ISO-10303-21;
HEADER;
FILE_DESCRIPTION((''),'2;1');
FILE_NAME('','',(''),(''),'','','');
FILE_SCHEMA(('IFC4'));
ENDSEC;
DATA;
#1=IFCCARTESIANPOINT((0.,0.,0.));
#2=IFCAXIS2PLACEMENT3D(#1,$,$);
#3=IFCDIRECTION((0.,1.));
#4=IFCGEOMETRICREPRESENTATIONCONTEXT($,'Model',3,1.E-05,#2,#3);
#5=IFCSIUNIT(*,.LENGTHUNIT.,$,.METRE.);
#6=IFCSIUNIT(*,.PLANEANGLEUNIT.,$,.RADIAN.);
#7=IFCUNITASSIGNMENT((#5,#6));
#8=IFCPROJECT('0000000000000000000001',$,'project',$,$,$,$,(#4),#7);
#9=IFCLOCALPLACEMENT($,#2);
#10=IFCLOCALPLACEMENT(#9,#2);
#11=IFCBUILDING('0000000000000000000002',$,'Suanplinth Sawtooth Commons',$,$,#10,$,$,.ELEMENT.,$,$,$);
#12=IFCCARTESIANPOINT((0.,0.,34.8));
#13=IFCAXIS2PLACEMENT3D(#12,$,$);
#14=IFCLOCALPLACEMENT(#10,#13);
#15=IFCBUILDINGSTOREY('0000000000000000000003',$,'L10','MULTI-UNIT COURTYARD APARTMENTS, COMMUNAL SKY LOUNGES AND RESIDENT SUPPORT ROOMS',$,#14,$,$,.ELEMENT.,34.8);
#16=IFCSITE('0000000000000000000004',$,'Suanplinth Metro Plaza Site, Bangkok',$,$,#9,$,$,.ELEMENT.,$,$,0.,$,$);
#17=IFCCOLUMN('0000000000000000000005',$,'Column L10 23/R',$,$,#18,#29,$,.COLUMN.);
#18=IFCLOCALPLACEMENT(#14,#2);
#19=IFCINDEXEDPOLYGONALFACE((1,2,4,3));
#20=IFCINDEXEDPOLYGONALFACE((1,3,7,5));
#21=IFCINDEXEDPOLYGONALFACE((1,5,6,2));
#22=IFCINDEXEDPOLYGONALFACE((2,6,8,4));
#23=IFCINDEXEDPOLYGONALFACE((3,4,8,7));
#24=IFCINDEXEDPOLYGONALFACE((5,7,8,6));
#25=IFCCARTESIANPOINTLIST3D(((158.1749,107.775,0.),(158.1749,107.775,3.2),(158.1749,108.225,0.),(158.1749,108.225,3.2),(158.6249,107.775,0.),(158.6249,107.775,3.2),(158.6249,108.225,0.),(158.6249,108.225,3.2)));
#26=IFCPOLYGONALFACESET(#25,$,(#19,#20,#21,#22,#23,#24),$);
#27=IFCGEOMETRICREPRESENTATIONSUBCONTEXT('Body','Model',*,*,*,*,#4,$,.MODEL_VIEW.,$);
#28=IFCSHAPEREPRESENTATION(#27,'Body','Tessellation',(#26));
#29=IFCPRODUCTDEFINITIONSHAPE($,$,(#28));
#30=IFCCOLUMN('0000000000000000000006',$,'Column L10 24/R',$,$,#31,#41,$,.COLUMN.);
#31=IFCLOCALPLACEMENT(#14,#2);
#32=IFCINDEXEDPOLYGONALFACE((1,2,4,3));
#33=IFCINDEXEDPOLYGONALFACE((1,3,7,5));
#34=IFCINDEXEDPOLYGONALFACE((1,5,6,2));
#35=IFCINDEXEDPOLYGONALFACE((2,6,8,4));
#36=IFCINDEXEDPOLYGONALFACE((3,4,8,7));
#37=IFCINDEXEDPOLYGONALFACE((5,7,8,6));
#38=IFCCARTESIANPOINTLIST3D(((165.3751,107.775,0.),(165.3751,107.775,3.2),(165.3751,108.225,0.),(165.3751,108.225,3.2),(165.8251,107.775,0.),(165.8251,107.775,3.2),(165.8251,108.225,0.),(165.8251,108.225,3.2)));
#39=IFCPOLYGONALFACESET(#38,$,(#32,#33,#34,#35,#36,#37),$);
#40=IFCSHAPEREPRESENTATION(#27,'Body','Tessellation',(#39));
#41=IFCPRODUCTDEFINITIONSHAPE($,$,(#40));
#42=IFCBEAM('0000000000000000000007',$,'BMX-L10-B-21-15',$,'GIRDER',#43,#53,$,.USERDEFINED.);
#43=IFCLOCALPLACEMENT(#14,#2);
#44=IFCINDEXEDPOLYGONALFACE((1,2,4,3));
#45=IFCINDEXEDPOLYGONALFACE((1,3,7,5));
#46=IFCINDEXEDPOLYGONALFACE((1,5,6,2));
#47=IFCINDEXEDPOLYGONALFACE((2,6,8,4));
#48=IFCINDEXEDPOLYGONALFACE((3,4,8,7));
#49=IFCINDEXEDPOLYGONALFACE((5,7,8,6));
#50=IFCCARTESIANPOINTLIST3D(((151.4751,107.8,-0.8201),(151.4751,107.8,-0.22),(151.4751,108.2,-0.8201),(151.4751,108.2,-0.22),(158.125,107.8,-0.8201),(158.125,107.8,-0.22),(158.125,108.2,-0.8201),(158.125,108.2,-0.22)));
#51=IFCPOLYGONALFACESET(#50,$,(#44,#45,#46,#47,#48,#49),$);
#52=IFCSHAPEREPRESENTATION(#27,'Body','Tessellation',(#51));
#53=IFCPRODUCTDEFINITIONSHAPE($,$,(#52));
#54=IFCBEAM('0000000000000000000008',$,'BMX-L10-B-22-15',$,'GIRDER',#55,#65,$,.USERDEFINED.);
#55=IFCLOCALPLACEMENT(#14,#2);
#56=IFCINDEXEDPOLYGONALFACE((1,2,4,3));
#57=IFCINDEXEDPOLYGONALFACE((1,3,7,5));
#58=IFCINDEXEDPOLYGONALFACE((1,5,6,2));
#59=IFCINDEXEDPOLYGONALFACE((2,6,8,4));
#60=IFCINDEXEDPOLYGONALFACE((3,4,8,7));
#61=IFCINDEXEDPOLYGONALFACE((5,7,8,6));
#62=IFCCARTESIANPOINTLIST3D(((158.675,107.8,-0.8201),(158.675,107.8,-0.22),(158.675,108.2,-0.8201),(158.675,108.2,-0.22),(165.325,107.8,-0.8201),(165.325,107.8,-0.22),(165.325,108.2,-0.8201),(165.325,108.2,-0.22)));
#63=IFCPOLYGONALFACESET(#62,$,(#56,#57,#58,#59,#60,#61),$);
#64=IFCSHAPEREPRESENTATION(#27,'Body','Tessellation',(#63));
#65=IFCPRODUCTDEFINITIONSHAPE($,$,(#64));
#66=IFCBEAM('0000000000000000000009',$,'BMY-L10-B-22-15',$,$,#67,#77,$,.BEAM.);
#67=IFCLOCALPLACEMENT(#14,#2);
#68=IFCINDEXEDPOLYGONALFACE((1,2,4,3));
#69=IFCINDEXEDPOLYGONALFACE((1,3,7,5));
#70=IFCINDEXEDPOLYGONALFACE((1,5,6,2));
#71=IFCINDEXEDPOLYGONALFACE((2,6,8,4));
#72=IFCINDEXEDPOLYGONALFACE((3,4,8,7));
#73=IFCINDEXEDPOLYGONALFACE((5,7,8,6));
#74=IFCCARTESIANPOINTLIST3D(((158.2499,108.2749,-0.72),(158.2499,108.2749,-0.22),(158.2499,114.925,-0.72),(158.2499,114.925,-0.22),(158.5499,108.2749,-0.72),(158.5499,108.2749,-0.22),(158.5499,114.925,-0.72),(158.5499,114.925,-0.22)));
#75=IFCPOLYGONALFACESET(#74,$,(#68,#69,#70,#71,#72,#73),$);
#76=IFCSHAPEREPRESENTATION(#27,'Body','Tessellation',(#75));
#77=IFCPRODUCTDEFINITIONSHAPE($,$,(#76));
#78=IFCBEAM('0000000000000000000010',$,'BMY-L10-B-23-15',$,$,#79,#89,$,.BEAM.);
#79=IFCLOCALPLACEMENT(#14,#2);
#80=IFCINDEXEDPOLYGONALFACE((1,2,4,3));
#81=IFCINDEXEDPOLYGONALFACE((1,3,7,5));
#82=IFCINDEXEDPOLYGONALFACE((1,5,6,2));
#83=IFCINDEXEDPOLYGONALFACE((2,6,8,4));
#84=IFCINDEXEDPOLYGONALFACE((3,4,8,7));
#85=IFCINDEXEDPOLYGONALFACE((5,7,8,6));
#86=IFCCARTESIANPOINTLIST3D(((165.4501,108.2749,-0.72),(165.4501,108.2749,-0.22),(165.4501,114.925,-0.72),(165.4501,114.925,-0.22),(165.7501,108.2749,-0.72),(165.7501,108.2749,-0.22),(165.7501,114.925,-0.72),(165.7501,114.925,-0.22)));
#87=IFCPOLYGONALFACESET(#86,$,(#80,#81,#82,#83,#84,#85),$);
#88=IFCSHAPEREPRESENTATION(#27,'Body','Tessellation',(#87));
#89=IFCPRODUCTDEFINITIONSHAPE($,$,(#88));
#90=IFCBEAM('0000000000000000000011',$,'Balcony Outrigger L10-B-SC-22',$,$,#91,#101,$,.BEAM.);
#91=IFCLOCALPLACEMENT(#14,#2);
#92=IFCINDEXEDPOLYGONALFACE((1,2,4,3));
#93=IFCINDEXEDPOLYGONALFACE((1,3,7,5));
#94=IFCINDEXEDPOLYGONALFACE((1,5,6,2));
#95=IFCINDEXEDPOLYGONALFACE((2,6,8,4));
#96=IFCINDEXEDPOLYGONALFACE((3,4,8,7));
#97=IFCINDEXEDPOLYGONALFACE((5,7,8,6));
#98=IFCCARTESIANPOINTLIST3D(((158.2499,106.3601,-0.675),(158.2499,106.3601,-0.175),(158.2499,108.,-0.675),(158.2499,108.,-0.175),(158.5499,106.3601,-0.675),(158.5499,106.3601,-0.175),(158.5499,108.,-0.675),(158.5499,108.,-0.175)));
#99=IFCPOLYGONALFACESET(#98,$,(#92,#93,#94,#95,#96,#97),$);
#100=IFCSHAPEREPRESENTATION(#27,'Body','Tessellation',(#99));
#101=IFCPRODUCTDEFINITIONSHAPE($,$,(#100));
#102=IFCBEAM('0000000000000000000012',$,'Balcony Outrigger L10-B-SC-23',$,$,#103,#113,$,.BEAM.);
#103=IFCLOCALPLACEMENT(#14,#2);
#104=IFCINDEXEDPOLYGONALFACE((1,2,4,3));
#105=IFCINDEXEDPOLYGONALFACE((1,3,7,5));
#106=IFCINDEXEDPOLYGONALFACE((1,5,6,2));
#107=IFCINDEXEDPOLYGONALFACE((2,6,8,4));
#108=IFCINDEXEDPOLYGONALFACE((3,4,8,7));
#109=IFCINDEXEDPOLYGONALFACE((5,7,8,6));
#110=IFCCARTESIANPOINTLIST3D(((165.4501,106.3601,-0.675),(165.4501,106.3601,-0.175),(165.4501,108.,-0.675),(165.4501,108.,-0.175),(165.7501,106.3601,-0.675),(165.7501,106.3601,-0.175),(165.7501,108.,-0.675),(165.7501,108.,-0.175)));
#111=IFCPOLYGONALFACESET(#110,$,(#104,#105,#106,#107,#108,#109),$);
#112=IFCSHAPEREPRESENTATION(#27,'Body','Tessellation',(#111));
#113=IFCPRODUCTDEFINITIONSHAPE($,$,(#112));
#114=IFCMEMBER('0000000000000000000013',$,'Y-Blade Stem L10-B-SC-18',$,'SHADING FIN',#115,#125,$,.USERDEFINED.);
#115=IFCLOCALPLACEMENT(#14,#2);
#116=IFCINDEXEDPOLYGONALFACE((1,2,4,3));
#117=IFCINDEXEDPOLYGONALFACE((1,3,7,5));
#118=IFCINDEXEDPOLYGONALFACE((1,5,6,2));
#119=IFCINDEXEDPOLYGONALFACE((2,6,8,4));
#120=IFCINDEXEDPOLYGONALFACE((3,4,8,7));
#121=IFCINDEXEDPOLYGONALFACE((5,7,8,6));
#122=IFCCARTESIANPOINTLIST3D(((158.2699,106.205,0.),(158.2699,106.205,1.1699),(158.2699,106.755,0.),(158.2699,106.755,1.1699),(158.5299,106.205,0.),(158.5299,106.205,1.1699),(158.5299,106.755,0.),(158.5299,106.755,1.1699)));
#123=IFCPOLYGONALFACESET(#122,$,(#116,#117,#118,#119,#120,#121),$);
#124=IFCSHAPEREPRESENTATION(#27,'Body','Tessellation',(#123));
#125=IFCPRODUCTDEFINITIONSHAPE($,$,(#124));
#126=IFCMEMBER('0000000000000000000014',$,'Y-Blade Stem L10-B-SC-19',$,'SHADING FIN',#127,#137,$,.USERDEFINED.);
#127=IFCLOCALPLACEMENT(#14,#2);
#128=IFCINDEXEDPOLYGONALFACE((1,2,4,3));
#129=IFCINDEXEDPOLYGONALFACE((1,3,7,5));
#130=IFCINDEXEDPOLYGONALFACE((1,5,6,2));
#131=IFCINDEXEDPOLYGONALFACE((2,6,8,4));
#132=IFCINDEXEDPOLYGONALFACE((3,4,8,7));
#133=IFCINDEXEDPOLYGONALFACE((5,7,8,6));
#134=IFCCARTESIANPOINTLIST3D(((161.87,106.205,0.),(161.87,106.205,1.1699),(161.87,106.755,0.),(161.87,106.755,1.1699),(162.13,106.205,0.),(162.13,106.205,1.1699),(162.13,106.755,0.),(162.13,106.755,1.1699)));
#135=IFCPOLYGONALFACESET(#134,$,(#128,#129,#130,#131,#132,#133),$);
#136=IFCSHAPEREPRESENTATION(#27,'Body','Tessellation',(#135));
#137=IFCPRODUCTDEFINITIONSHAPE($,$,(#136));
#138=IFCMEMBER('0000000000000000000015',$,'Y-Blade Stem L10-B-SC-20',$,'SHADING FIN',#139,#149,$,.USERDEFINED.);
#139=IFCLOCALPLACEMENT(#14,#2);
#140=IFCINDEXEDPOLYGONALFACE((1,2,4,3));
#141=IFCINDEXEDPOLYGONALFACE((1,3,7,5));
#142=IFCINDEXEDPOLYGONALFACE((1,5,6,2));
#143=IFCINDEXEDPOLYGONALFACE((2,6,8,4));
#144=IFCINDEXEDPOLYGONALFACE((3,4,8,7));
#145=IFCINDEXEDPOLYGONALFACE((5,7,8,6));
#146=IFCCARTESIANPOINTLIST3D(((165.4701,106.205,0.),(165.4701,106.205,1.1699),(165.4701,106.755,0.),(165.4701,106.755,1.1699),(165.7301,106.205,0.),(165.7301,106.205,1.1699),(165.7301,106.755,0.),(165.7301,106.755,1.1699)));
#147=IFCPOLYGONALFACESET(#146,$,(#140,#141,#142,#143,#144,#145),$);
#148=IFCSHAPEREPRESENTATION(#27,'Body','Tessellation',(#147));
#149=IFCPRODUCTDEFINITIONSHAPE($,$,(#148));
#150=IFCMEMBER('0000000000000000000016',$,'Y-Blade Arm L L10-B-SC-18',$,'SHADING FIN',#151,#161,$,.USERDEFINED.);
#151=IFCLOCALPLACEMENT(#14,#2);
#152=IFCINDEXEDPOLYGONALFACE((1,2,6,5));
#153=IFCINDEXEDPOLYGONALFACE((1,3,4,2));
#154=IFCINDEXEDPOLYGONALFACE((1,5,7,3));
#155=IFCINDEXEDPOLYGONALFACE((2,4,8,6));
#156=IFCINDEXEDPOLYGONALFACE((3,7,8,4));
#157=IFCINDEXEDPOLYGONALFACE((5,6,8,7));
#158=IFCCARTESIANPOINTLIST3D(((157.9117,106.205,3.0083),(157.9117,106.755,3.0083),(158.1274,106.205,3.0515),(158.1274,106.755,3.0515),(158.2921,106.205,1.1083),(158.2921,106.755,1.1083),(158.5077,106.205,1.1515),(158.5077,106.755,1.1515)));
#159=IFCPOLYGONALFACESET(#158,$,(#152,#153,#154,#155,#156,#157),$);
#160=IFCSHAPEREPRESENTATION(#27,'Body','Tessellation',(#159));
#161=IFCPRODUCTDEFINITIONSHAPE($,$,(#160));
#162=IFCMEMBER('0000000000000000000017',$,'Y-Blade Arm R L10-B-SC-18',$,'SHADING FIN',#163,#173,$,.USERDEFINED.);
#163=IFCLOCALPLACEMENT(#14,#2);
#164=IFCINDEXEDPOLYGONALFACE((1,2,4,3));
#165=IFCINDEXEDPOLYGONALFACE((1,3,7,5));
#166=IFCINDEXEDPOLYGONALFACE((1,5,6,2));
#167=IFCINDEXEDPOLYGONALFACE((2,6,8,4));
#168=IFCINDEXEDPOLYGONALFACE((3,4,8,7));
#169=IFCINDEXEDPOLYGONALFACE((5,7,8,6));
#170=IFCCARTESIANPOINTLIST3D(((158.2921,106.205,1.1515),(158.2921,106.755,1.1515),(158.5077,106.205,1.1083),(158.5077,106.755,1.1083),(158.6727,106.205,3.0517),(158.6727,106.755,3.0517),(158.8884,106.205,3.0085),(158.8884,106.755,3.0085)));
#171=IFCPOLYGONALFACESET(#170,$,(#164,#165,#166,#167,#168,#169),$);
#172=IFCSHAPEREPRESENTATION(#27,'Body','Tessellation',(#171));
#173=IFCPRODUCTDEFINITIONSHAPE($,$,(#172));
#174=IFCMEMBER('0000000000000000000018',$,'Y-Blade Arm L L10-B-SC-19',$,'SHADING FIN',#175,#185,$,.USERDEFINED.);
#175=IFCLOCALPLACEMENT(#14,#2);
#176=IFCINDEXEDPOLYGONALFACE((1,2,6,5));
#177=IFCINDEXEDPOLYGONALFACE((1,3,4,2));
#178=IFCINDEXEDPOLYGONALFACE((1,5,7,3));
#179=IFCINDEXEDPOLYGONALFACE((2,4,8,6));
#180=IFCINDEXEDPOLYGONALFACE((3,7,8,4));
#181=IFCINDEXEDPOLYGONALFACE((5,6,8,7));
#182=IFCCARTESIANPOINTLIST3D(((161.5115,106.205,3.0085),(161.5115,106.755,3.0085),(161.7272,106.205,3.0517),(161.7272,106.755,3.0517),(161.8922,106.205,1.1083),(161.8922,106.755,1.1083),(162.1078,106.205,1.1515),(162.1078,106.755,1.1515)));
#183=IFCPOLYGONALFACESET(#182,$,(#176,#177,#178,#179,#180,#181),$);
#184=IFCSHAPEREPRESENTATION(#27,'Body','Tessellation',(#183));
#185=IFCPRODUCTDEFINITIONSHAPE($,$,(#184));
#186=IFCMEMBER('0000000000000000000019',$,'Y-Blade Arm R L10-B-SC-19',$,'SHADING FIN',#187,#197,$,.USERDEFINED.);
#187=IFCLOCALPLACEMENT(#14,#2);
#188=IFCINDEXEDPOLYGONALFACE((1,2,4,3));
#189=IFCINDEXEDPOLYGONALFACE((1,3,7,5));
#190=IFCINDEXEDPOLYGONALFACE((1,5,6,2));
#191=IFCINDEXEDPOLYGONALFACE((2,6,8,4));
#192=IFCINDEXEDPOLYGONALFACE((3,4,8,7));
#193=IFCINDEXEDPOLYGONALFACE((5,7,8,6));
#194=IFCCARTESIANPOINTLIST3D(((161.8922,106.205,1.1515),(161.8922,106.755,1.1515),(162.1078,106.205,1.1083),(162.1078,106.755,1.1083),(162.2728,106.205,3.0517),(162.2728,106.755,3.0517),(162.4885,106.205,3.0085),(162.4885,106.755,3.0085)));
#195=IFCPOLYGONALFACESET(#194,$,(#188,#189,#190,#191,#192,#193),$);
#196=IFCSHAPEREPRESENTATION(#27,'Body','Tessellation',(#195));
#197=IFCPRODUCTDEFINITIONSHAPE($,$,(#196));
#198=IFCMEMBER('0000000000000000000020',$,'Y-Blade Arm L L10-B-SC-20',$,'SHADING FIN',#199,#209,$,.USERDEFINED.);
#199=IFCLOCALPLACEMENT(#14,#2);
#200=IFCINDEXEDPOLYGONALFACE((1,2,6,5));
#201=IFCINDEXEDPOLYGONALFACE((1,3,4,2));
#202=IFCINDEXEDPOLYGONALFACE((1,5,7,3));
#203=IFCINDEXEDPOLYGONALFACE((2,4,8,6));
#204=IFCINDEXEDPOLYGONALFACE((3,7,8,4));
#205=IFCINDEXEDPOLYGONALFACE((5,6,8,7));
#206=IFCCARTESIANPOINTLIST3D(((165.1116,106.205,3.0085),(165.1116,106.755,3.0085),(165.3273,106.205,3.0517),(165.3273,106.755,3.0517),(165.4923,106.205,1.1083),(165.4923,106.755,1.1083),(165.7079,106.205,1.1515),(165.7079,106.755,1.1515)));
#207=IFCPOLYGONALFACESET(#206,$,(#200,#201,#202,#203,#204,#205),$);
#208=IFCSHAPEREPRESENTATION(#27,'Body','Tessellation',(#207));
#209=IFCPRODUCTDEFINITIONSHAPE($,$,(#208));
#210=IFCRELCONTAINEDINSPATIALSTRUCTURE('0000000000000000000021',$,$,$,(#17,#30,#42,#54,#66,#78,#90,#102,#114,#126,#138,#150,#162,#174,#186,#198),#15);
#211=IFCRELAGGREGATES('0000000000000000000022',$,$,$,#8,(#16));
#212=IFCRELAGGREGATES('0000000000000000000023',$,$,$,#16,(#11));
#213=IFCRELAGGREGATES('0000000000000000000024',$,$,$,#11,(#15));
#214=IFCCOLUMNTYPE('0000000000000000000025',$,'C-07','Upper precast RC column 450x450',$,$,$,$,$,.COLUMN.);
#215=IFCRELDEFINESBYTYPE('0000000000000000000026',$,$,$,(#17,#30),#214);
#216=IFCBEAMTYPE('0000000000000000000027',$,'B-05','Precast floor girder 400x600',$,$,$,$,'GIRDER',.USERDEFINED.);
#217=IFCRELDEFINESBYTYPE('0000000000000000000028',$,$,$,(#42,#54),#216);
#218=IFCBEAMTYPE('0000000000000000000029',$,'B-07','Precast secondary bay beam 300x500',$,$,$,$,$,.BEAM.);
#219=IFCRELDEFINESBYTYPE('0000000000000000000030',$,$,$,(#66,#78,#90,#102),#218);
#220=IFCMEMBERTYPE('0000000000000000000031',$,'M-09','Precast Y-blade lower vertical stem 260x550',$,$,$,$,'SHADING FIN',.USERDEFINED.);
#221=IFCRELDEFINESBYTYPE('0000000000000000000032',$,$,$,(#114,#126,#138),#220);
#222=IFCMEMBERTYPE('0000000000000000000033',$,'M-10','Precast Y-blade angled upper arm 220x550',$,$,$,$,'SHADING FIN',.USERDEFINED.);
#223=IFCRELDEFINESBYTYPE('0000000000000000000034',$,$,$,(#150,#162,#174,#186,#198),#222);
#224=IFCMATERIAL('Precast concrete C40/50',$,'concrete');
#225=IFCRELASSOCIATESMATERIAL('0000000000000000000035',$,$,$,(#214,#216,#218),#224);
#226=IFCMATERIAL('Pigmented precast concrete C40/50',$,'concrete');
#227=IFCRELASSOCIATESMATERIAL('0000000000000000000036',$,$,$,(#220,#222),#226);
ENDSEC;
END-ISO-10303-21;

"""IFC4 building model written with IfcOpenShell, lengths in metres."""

from ifc_helpers import new_model, si_unit, direction, frame, origin, origin_2d, place, context, subcontext, project, spatial, rectangle, extrude, material, material_profile, profile_set, type_object, element, save


model = new_model("IFC4")

# Units and contexts
model_context = context("Model", 3, precision=1e-05, world=origin(), true_north=direction((0.0, 1.0)))
body_context = subcontext(model_context, "Body", "Model", "MODEL_VIEW")
ifc_project = project(units=[si_unit("LENGTHUNIT", "METRE"), si_unit("PLANEANGLEUNIT", "RADIAN")], contexts=[model_context])

# Site, building, storey
site_placement = place(None, origin())
site = spatial("IfcSite", under=ifc_project, at=site_placement, Name="Suanplinth Metro Plaza Site, Bangkok", CompositionType="ELEMENT", RefElevation=0.0)
building_placement = place(site_placement, origin())
building = spatial("IfcBuilding", under=site, at=building_placement, Name="Suanplinth Sawtooth Commons", CompositionType="ELEMENT")
storey_placement = place(building_placement, frame((0.0, 0.0, 34.8)))
storey = spatial("IfcBuildingStorey", under=building, at=storey_placement, Name="L10", Description="MULTI-UNIT COURTYARD APARTMENTS, COMMUNAL SKY LOUNGES AND RESIDENT SUPPORT ROOMS", CompositionType="ELEMENT", Elevation=34.8)

# Columns
ifc_material_1 = material(Name="Precast concrete C40/50", Category="concrete")
ifc_material_profile_1 = material_profile(ifc_material_1, rectangle(XDim=0.45, YDim=0.45, at=origin_2d()), Name="PC-COL 450x450")
ifc_profile_set_1 = profile_set([ifc_material_profile_1], Name="Precast concrete C40/50")
column_type = type_object("IfcColumnType", Name="C-07", Description="Upper precast RC column 450x450", PredefinedType="COLUMN", material=ifc_profile_set_1)
for number, where, z_axis, x_axis, name in (
    (1, (158.3999, 108.0, 0.0), (0.0, 0.0, 1.0), (1.0, 0.0, 0.0), "Column L10 23/R"),
    (2, (165.6001, 108.0, 0.0), (0.0, 0.0, 1.0), (1.0, 0.0, 0.0), "Column L10 24/R"),
):
    element("IfcColumn", number, at=place(storey_placement, frame(where, z_axis=z_axis, x_axis=x_axis)), inside=storey, type_object=column_type, Name=name, PredefinedType="COLUMN", context=body_context, shape_type="SweptSolid", body=[
        extrude(rectangle(XDim=0.45, YDim=0.45, at=origin_2d()), origin(), (0.0, 0.0, 1.0), 3.2),
    ])

# Beams
ifc_material_profile_2 = material_profile(ifc_material_1, rectangle(XDim=0.3999, YDim=0.6001, at=origin_2d()), Name="PC-GDR 400x600")
ifc_profile_set_2 = profile_set([ifc_material_profile_2], Name="Precast concrete C40/50")
beam_type_1 = type_object("IfcBeamType", Name="B-05", Description="Precast floor girder 400x600", ElementType="GIRDER", PredefinedType="USERDEFINED", material=ifc_profile_set_2)
for number, where, z_axis, x_axis, name in (
    (3, (151.4751, 108.0, -0.52), (1.0, 0.0, 0.0), (0.0, 1.0, 0.0), "BMX-L10-B-21-15"),
    (4, (158.675, 108.0, -0.52), (1.0, 0.0, 0.0), (0.0, 1.0, 0.0), "BMX-L10-B-22-15"),
):
    element("IfcBeam", number, at=place(storey_placement, frame(where, z_axis=z_axis, x_axis=x_axis)), inside=storey, type_object=beam_type_1, Name=name, ObjectType="GIRDER", PredefinedType="USERDEFINED", context=body_context, shape_type="SweptSolid", body=[
        extrude(rectangle(XDim=0.3999, YDim=0.6001, at=origin_2d()), origin(), (0.0, 0.0, 1.0), 6.6499),
    ])
ifc_material_profile_3 = material_profile(ifc_material_1, rectangle(XDim=0.3, YDim=0.5, at=origin_2d()), Name="PC-BM 300x500")
ifc_profile_set_3 = profile_set([ifc_material_profile_3], Name="Precast concrete C40/50")
beam_type_2 = type_object("IfcBeamType", Name="B-07", Description="Precast secondary bay beam 300x500", PredefinedType="BEAM", material=ifc_profile_set_3)
for number, where, z_axis, x_axis, name in (
    (5, (158.3999, 108.2749, -0.47), (0.0, 1.0, 0.0), (-1.0, 0.0, 0.0), "BMY-L10-B-22-15"),
    (6, (165.6001, 108.2749, -0.47), (0.0, 1.0, 0.0), (-1.0, 0.0, 0.0), "BMY-L10-B-23-15"),
):
    element("IfcBeam", number, at=place(storey_placement, frame(where, z_axis=z_axis, x_axis=x_axis)), inside=storey, type_object=beam_type_2, Name=name, PredefinedType="BEAM", context=body_context, shape_type="SweptSolid", body=[
        extrude(rectangle(XDim=0.3, YDim=0.5, at=origin_2d()), origin(), (0.0, 0.0, 1.0), 6.6501),
    ])
for number, where, z_axis, x_axis, name in (
    (7, (158.3999, 108.0, -0.425), (0.0, -1.0, 0.0), (1.0, 0.0, 0.0), "Balcony Outrigger L10-B-SC-22"),
    (8, (165.6001, 108.0, -0.425), (0.0, -1.0, 0.0), (1.0, 0.0, 0.0), "Balcony Outrigger L10-B-SC-23"),
):
    element("IfcBeam", number, at=place(storey_placement, frame(where, z_axis=z_axis, x_axis=x_axis)), inside=storey, type_object=beam_type_2, Name=name, PredefinedType="BEAM", context=body_context, shape_type="SweptSolid", body=[
        extrude(rectangle(XDim=0.3, YDim=0.5, at=origin_2d()), origin(), (0.0, 0.0, 1.0), 1.6399),
    ])

# Members
ifc_material_2 = material(Name="Pigmented precast concrete C40/50", Category="concrete")
ifc_material_profile_4 = material_profile(ifc_material_2, rectangle(XDim=0.26, YDim=0.55, at=origin_2d()), Name="PC-FIN 260x550")
ifc_profile_set_4 = profile_set([ifc_material_profile_4], Name="Pigmented precast concrete C40/50")
member_type_1 = type_object("IfcMemberType", Name="M-09", Description="Precast Y-blade lower vertical stem 260x550", ElementType="SHADING FIN", PredefinedType="USERDEFINED", material=ifc_profile_set_4)
for number, where, z_axis, x_axis, name in (
    (9, (158.3999, 106.48, 0.0), (0.0, 0.0, 1.0), (1.0, 0.0, 0.0), "Y-Blade Stem L10-B-SC-18"),
    (10, (162.0, 106.48, 0.0), (0.0, 0.0, 1.0), (1.0, 0.0, 0.0), "Y-Blade Stem L10-B-SC-19"),
    (11, (165.6001, 106.48, 0.0), (0.0, 0.0, 1.0), (1.0, 0.0, 0.0), "Y-Blade Stem L10-B-SC-20"),
):
    element("IfcMember", number, at=place(storey_placement, frame(where, z_axis=z_axis, x_axis=x_axis)), inside=storey, type_object=member_type_1, Name=name, ObjectType="SHADING FIN", PredefinedType="USERDEFINED", context=body_context, shape_type="SweptSolid", body=[
        extrude(rectangle(XDim=0.26, YDim=0.55, at=origin_2d()), origin(), (0.0, 0.0, 1.0), 1.1699),
    ])
ifc_material_profile_5 = material_profile(ifc_material_2, rectangle(XDim=0.22, YDim=0.55, at=origin_2d()), Name="PC-FIN 220x550")
ifc_profile_set_5 = profile_set([ifc_material_profile_5], Name="Pigmented precast concrete C40/50")
member_type_2 = type_object("IfcMemberType", Name="M-10", Description="Precast Y-blade angled upper arm 220x550", ElementType="SHADING FIN", PredefinedType="USERDEFINED", material=ifc_profile_set_5)
member_1_placement = place(storey_placement, frame((158.3999, 106.48, 1.1299), z_axis=(-0.196286, 0.0, 0.980547), x_axis=(0.980547, 0.0, 0.196286)))
element("IfcMember", 12, at=member_1_placement, inside=storey, type_object=member_type_2, Name="Y-Blade Arm L L10-B-SC-18", ObjectType="SHADING FIN", PredefinedType="USERDEFINED", context=body_context, shape_type="SweptSolid", body=[
    extrude(rectangle(XDim=0.22, YDim=0.55, at=origin_2d()), origin(), (0.0, 0.0, 1.0), 1.9377),
])
for number, where, z_axis, x_axis, name in (
    (13, (158.3999, 106.48, 1.1299), (0.196407, 0.0, 0.980522), (-0.980522, 0.0, 0.196407), "Y-Blade Arm R L10-B-SC-18"),
    (14, (162.0, 106.48, 1.1299), (-0.196407, 0.0, 0.980522), (0.980522, 0.0, 0.196407), "Y-Blade Arm L L10-B-SC-19"),
    (15, (162.0, 106.48, 1.1299), (0.196407, 0.0, 0.980522), (-0.980522, 0.0, 0.196407), "Y-Blade Arm R L10-B-SC-19"),
    (16, (165.6001, 106.48, 1.1299), (-0.196407, 0.0, 0.980522), (0.980522, 0.0, 0.196407), "Y-Blade Arm L L10-B-SC-20"),
):
    element("IfcMember", number, at=place(storey_placement, frame(where, z_axis=z_axis, x_axis=x_axis)), inside=storey, type_object=member_type_2, Name=name, ObjectType="SHADING FIN", PredefinedType="USERDEFINED", context=body_context, shape_type="SweptSolid", body=[
        extrude(rectangle(XDim=0.22, YDim=0.55, at=origin_2d()), origin(), (0.0, 0.0, 1.0), 1.938),
    ])

save(model, "model.ifc")
